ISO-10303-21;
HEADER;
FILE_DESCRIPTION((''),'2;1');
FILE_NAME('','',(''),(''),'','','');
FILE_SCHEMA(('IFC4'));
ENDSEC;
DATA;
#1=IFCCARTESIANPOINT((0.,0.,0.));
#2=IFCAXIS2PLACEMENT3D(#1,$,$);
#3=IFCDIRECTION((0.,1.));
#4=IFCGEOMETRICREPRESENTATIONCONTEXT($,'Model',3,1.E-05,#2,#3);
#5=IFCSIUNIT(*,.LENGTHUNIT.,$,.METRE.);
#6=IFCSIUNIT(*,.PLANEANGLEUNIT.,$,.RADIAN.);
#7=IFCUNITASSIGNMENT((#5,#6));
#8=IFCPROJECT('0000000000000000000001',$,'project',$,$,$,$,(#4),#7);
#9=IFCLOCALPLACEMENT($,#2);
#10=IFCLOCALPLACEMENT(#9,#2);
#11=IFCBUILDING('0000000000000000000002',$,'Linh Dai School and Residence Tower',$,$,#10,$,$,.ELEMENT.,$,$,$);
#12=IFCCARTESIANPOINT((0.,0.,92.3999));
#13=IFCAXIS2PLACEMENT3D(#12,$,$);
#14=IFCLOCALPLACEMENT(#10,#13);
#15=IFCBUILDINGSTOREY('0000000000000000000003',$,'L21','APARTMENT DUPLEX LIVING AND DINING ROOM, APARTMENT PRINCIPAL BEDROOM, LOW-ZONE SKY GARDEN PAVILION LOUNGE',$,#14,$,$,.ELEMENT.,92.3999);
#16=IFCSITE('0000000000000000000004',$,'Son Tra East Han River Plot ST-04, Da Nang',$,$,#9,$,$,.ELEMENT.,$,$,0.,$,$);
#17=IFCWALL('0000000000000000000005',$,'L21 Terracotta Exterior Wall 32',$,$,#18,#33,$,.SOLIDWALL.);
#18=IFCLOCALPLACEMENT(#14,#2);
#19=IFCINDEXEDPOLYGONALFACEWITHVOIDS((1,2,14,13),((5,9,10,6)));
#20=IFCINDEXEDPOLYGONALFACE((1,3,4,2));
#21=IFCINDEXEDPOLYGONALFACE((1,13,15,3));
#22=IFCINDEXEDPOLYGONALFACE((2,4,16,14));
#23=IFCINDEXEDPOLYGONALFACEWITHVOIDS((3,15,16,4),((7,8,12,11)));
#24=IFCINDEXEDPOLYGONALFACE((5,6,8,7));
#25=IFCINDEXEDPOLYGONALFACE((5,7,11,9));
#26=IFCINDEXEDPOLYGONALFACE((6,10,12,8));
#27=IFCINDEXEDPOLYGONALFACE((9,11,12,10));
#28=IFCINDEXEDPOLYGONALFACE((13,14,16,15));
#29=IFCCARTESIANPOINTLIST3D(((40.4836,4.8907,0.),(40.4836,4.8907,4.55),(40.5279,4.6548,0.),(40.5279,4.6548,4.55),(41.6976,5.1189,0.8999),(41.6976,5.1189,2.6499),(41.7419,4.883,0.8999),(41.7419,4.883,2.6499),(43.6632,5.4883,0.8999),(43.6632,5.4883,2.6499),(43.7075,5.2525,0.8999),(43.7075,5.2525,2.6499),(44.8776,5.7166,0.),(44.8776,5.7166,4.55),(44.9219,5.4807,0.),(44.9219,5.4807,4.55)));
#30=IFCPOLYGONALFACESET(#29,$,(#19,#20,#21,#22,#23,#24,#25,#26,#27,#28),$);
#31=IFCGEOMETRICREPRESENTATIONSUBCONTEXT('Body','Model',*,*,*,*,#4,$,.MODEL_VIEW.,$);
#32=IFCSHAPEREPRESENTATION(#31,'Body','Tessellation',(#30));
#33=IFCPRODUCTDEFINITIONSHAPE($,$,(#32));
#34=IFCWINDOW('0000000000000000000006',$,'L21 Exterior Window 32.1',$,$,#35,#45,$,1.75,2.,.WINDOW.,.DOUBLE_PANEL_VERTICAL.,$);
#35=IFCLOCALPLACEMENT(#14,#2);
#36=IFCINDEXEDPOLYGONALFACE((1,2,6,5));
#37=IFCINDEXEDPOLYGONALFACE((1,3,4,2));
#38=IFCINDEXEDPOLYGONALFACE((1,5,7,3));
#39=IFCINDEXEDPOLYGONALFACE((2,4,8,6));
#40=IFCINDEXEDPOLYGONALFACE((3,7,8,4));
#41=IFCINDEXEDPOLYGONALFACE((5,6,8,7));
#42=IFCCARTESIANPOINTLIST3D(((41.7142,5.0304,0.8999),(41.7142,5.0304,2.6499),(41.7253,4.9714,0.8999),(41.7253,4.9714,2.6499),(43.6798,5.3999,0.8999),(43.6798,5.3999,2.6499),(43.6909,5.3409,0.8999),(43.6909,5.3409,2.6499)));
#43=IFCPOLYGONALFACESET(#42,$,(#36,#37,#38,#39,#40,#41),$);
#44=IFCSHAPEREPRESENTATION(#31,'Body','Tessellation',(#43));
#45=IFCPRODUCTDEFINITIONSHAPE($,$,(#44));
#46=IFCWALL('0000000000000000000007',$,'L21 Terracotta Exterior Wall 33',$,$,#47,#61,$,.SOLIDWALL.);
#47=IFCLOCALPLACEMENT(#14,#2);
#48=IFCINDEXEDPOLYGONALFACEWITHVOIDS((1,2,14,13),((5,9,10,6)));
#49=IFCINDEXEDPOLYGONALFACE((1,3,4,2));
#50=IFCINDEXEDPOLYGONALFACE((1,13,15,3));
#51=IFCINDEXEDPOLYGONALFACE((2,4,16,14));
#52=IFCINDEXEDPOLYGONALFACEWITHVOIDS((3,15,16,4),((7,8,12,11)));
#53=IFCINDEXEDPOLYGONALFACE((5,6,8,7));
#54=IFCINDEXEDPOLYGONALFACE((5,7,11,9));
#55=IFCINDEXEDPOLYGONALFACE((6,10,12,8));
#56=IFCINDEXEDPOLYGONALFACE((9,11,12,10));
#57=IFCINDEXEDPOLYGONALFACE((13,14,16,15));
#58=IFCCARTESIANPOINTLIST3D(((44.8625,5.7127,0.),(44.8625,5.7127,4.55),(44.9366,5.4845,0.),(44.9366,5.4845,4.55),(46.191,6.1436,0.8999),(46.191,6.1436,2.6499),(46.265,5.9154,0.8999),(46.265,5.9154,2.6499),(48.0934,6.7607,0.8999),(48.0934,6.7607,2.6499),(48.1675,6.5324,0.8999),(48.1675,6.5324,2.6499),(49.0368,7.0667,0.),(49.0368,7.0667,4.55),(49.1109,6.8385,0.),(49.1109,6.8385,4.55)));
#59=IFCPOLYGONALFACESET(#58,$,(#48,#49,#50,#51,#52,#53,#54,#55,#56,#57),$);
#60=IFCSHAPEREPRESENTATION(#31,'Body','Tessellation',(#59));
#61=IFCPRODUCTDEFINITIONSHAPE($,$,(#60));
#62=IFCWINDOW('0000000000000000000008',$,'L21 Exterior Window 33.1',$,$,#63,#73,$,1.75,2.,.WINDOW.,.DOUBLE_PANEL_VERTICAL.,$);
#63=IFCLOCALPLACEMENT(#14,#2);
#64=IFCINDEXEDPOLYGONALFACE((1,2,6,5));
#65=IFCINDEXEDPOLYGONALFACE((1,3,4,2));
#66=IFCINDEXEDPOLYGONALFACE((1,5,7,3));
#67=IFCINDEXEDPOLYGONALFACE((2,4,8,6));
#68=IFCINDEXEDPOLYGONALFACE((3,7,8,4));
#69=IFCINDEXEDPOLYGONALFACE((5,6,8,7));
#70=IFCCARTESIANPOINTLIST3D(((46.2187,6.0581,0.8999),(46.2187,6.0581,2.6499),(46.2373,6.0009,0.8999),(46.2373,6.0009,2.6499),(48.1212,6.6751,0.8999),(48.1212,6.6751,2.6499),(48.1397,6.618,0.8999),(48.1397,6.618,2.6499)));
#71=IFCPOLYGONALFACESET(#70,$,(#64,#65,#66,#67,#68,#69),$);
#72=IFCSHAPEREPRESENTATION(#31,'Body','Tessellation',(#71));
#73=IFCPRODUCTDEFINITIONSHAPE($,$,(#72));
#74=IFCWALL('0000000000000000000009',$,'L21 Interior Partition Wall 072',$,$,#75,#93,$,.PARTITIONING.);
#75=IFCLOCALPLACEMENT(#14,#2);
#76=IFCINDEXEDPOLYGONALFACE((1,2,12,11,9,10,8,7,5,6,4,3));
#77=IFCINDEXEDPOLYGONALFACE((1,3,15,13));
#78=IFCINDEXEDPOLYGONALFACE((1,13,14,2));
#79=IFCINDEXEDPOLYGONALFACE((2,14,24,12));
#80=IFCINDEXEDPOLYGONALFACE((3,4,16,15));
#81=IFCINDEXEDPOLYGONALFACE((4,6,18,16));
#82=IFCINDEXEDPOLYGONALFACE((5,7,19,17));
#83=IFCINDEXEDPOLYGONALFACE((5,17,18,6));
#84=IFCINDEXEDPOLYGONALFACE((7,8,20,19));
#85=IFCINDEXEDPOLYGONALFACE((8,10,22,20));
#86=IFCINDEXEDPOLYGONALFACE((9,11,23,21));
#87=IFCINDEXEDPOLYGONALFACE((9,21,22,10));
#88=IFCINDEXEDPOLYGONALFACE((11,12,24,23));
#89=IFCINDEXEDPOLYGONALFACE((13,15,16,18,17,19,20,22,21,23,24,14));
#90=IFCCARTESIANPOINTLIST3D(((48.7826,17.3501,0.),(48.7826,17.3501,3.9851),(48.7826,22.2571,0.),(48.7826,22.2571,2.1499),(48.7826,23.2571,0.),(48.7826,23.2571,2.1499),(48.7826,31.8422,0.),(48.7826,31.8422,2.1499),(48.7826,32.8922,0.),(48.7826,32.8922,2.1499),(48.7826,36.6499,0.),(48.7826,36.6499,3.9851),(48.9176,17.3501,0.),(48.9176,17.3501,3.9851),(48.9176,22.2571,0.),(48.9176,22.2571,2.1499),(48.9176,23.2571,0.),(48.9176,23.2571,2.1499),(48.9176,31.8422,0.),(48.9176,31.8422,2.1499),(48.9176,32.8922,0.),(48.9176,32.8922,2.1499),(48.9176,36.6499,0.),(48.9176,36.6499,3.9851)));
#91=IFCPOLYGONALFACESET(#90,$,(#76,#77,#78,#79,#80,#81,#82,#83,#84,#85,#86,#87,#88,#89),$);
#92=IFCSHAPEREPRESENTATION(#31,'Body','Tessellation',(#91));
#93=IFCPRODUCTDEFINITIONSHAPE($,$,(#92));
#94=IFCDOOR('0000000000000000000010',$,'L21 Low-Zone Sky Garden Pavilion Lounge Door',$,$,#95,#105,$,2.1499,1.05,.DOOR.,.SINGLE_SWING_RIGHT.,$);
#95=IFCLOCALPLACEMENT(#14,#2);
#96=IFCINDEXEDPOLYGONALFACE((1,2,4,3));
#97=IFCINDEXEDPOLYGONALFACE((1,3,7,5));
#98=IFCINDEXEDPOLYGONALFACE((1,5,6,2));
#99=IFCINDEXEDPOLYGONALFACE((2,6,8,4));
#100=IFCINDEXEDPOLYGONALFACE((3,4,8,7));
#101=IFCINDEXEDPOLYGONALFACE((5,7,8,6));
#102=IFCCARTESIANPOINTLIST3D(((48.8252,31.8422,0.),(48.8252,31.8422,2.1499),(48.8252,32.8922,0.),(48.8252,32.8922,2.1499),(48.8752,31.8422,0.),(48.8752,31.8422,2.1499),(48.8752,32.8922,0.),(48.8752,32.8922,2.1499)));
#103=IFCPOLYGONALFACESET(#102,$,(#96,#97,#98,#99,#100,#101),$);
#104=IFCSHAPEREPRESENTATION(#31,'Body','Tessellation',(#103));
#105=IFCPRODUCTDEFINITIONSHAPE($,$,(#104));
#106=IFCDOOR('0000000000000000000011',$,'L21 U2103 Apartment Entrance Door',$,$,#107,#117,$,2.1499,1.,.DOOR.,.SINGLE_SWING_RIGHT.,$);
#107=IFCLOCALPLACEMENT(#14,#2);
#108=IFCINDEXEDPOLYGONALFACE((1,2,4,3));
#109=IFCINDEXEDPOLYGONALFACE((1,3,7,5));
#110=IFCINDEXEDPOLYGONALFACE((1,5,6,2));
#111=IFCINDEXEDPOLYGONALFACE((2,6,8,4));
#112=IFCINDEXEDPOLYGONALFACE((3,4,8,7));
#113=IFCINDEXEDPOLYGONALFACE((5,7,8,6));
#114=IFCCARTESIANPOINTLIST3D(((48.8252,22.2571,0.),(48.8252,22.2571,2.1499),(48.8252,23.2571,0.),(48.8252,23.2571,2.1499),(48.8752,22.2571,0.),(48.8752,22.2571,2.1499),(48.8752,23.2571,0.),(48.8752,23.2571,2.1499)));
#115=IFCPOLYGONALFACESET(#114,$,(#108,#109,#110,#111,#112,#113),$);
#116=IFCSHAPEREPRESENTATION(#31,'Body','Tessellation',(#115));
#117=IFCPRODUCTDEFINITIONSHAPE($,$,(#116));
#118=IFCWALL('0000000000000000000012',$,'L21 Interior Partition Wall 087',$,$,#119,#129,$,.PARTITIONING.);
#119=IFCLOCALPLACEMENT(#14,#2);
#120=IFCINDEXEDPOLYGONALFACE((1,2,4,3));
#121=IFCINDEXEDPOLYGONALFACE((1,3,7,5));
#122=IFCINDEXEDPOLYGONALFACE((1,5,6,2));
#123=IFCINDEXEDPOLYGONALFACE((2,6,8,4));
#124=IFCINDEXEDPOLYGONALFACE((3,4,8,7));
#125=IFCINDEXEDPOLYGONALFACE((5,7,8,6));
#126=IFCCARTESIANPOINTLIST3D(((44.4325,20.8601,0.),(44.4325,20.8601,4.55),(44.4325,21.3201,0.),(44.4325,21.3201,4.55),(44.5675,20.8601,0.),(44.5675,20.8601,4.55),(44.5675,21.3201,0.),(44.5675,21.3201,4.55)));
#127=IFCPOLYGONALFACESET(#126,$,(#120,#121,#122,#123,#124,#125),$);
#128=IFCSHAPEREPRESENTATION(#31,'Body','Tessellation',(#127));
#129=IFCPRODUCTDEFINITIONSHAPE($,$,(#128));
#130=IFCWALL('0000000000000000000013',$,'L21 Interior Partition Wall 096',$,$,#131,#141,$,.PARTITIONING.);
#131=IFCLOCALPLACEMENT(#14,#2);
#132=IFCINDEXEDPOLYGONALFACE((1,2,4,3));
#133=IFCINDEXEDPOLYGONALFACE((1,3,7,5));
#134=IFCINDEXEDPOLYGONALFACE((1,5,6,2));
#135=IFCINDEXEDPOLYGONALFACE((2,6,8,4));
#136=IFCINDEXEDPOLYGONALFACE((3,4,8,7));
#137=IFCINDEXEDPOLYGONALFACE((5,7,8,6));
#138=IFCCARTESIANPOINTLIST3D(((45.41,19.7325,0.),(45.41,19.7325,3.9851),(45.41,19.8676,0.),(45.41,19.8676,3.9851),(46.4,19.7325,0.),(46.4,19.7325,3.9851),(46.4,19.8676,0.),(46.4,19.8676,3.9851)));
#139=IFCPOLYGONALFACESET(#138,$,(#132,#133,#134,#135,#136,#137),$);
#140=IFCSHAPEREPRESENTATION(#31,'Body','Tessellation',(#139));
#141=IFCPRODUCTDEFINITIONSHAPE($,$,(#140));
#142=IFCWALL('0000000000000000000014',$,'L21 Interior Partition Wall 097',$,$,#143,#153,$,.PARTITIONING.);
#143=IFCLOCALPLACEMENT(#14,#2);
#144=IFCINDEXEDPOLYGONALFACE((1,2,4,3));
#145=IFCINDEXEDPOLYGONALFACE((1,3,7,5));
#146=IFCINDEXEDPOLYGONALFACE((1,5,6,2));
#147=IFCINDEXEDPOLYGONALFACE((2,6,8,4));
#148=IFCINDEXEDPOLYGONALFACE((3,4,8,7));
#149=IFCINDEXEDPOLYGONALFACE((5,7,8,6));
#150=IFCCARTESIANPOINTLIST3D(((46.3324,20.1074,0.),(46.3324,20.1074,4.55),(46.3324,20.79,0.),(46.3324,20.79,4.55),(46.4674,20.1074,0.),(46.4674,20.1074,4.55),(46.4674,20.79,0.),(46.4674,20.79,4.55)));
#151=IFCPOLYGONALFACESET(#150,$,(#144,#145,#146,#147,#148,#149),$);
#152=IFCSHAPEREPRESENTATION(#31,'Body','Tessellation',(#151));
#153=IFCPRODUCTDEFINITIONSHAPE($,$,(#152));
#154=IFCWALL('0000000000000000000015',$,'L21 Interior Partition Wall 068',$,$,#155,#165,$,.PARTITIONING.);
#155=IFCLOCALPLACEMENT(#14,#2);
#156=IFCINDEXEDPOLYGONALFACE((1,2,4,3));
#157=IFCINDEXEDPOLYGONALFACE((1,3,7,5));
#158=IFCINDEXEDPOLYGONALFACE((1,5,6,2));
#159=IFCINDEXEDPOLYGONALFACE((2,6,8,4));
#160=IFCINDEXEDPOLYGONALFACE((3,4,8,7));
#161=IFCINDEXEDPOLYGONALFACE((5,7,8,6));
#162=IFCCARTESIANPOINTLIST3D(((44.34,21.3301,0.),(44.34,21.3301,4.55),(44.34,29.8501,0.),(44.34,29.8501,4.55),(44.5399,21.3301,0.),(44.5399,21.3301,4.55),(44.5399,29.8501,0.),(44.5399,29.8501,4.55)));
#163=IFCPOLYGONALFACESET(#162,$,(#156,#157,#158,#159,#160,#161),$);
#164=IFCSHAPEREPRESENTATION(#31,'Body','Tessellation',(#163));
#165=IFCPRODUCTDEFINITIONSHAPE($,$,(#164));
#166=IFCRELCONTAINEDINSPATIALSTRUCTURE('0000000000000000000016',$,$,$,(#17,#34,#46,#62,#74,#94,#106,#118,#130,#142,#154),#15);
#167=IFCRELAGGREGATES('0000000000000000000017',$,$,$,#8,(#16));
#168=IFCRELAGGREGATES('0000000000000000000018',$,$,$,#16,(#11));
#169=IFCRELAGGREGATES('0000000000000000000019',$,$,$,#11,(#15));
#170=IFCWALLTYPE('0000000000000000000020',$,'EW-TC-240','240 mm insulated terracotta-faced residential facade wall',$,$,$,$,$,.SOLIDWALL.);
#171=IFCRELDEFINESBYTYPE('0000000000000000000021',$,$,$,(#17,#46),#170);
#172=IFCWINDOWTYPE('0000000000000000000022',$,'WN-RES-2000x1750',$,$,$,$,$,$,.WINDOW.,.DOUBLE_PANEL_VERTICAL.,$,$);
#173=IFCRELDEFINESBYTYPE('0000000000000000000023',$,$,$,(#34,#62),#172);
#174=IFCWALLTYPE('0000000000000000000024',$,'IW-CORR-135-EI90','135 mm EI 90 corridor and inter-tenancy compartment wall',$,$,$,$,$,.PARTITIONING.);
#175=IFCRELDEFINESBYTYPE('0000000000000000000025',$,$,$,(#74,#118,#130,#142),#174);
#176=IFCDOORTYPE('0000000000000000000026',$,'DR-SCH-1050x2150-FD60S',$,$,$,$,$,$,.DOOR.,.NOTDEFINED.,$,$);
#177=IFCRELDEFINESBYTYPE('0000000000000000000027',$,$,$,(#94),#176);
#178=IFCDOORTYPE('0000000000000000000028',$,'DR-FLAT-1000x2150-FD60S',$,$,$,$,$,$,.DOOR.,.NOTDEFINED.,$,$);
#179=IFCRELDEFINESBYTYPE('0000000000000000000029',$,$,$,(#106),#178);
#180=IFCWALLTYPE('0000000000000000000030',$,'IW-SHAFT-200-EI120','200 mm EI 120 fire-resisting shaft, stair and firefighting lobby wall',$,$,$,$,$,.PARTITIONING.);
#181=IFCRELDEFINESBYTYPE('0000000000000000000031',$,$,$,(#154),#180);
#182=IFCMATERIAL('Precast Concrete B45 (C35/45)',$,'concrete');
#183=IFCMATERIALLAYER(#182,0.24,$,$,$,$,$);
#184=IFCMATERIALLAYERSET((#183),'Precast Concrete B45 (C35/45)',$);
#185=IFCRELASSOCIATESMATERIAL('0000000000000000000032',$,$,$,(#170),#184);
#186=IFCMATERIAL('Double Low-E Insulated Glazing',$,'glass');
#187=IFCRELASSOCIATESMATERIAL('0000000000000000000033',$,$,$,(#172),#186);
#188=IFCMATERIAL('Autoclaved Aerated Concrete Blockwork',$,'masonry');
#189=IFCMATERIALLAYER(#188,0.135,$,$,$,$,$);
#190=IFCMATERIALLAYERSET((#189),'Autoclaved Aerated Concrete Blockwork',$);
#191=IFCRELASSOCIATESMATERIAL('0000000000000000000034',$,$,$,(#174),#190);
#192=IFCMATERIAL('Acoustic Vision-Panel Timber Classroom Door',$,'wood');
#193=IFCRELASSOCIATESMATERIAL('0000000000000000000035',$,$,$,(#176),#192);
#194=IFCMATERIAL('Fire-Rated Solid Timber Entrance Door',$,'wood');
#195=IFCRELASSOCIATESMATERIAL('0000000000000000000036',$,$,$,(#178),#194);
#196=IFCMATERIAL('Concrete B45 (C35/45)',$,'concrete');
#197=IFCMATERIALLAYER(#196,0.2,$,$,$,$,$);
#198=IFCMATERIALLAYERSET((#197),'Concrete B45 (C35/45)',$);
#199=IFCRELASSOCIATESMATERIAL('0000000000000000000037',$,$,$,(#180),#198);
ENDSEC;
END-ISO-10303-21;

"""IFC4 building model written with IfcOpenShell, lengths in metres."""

from ifc_helpers import new_model, si_unit, direction, frame, frame_2d, origin, origin_2d, place, context, subcontext, project, spatial, rectangle, extrude, source, transform, mapped, material, layer, layer_set, type_object, element, fill, save


model = new_model("IFC4")

# Units and contexts
model_context = context("Model", 3, precision=1e-05, world=origin(), true_north=direction((0.0, 1.0)))
body_context = subcontext(model_context, "Body", "Model", "MODEL_VIEW")
ifc_project = project(units=[si_unit("LENGTHUNIT", "METRE"), si_unit("PLANEANGLEUNIT", "RADIAN")], contexts=[model_context])

# Site, building, storey
site_placement = place(None, origin())
site = spatial("IfcSite", under=ifc_project, at=site_placement, Name="Son Tra East Han River Plot ST-04, Da Nang", CompositionType="ELEMENT", RefElevation=0.0)
building_placement = place(site_placement, origin())
building = spatial("IfcBuilding", under=site, at=building_placement, Name="Linh Dai School and Residence Tower", CompositionType="ELEMENT")
storey_placement = place(building_placement, frame((0.0, 0.0, 92.3999)))
storey = spatial("IfcBuildingStorey", under=building, at=storey_placement, Name="L21", Description="APARTMENT DUPLEX LIVING AND DINING ROOM, APARTMENT PRINCIPAL BEDROOM, LOW-ZONE SKY GARDEN PAVILION LOUNGE", CompositionType="ELEMENT", Elevation=92.3999)

# Walls, openings, windows
ifc_material_1 = material(Name="Precast Concrete B45 (C35/45)", Category="concrete")
ifc_layer_1 = layer(ifc_material_1, 0.24)
ifc_layer_set_1 = layer_set([ifc_layer_1], Name="Precast Concrete B45 (C35/45)")
wall_type_1 = type_object("IfcWallType", Name="EW-TC-240", Description="240 mm insulated terracotta-faced residential facade wall", PredefinedType="SOLIDWALL", material=ifc_layer_set_1)
wall_1_placement = place(storey_placement, frame((44.8997, 5.5986, 0.0), z_axis=(0.0, 0.0, 1.0), x_axis=(-0.982789, -0.18473, 0.0)))
wall_1 = element("IfcWall", 1, at=wall_1_placement, inside=storey, type_object=wall_type_1, Name="L21 Terracotta Exterior Wall 32", PredefinedType="SOLIDWALL", context=body_context, shape_type="SweptSolid", body=[
    extrude(rectangle(XDim=4.4709, YDim=0.24, at=frame_2d((2.2354, 0.0))), origin(), (0.0, 0.0, 1.0), 4.55),
])
opening_1_placement = place(wall_1_placement, frame((1.2356, 0.0, 0.8999)))
opening_1 = element("IfcOpeningElement", 2, at=opening_1_placement, cuts=wall_1, PredefinedType="OPENING", context=body_context, shape_type="SweptSolid", body=[
    extrude(rectangle(XDim=2.0, YDim=1.75, at=origin_2d()), frame((1.0, 0.1299, 0.875), z_axis=(0.0, -1.0, 0.0), x_axis=(1.0, 0.0, 0.0)), (0.0, 0.0, 1.0), 0.26),
])
ifc_material_2 = material(Name="Double Low-E Insulated Glazing", Category="glass")
window_type = type_object("IfcWindowType", Name="WN-RES-2000x1750", PartitioningType="DOUBLE_PANEL_VERTICAL", PredefinedType="WINDOW", material=ifc_material_2)
shared_shape_1 = source(origin(), body_context, "Body", "SweptSolid", [
    extrude(rectangle(XDim=2.0, YDim=1.75, at=origin_2d()), frame((1.0, 0.03, 0.875), z_axis=(0.0, -1.0, 0.0), x_axis=(1.0, 0.0, 0.0)), (0.0, 0.0, 1.0), 0.0601),
])
window_1_placement = place(opening_1_placement, origin())
window_1 = element("IfcWindow", 3, at=window_1_placement, inside=storey, type_object=window_type, Name="L21 Exterior Window 32.1", OverallHeight=1.75, OverallWidth=2.0, PartitioningType="DOUBLE_PANEL_VERTICAL", PredefinedType="WINDOW", context=body_context, shape_type="MappedRepresentation", body=[
    mapped(shared_shape_1, transform((0.0, 0.0, 0.0), x_axis=(1.0, 0.0, 0.0), y_axis=(0.0, 1.0, 0.0), z_axis=(0.0, 0.0, 1.0), scale=1.0)),
])
fill(opening_1, window_1)
wall_2_placement = place(storey_placement, frame((49.074, 6.9526, 0.0), z_axis=(0.0, 0.0, 1.0), x_axis=(-0.951211, -0.30854, 0.0)))
wall_2 = element("IfcWall", 4, at=wall_2_placement, inside=storey, type_object=wall_type_1, Name="L21 Terracotta Exterior Wall 33", PredefinedType="SOLIDWALL", context=body_context, shape_type="SweptSolid", body=[
    extrude(rectangle(XDim=4.3884, YDim=0.24, at=frame_2d((2.1943, 0.0))), origin(), (0.0, 0.0, 1.0), 4.55),
])
opening_2_placement = place(wall_2_placement, frame((0.9919, 0.0, 0.8999)))
opening_2 = element("IfcOpeningElement", 5, at=opening_2_placement, cuts=wall_2, PredefinedType="OPENING", context=body_context, shape_type="SweptSolid", body=[
    extrude(rectangle(XDim=2.0, YDim=1.75, at=origin_2d()), frame((1.0, 0.1299, 0.875), z_axis=(0.0, -1.0, 0.0), x_axis=(1.0, 0.0, 0.0)), (0.0, 0.0, 1.0), 0.26),
])
window_2_placement = place(opening_2_placement, origin())
window_2 = element("IfcWindow", 6, at=window_2_placement, inside=storey, type_object=window_type, Name="L21 Exterior Window 33.1", OverallHeight=1.75, OverallWidth=2.0, PartitioningType="DOUBLE_PANEL_VERTICAL", PredefinedType="WINDOW", context=body_context, shape_type="MappedRepresentation", body=[
    mapped(shared_shape_1, transform((0.0, 0.0, 0.0), x_axis=(1.0, 0.0, 0.0), y_axis=(0.0, 1.0, 0.0), z_axis=(0.0, 0.0, 1.0), scale=1.0)),
])
fill(opening_2, window_2)

# Wall, openings, doors
ifc_material_3 = material(Name="Autoclaved Aerated Concrete Blockwork", Category="masonry")
ifc_layer_2 = layer(ifc_material_3, 0.135)
ifc_layer_set_2 = layer_set([ifc_layer_2], Name="Autoclaved Aerated Concrete Blockwork")
wall_type_2 = type_object("IfcWallType", Name="IW-CORR-135-EI90", Description="135 mm EI 90 corridor and inter-tenancy compartment wall", PredefinedType="PARTITIONING", material=ifc_layer_set_2)
wall_3_placement = place(storey_placement, frame((48.8501, 17.3501, 0.0), z_axis=(0.0, 0.0, 1.0), x_axis=(0.0, 1.0, 0.0)))
wall_3 = element("IfcWall", 7, at=wall_3_placement, inside=storey, type_object=wall_type_2, Name="L21 Interior Partition Wall 072", PredefinedType="PARTITIONING", context=body_context, shape_type="SweptSolid", body=[
    extrude(rectangle(XDim=19.2998, YDim=0.135, at=frame_2d((9.6499, 0.0))), origin(), (0.0, 0.0, 1.0), 3.9851),
])
opening_3_placement = place(wall_3_placement, frame((4.907, 0.0, 0.0)))
opening_3 = element("IfcOpeningElement", 8, at=opening_3_placement, cuts=wall_3, PredefinedType="OPENING", context=body_context, shape_type="SweptSolid", body=[
    extrude(rectangle(XDim=1.0, YDim=2.1499, at=origin_2d()), frame((0.5, 0.0776, 1.075), z_axis=(0.0, -1.0, 0.0), x_axis=(1.0, 0.0, 0.0)), (0.0, 0.0, 1.0), 0.155),
])
opening_4_placement = place(wall_3_placement, frame((14.4922, 0.0, 0.0)))
opening_4 = element("IfcOpeningElement", 9, at=opening_4_placement, cuts=wall_3, PredefinedType="OPENING", context=body_context, shape_type="SweptSolid", body=[
    extrude(rectangle(XDim=1.05, YDim=2.1499, at=origin_2d()), frame((0.5249, 0.0776, 1.075), z_axis=(0.0, -1.0, 0.0), x_axis=(1.0, 0.0, 0.0)), (0.0, 0.0, 1.0), 0.155),
])
ifc_material_4 = material(Name="Acoustic Vision-Panel Timber Classroom Door", Category="wood")
door_type_1 = type_object("IfcDoorType", Name="DR-SCH-1050x2150-FD60S", OperationType="NOTDEFINED", PredefinedType="DOOR", material=ifc_material_4)
shared_shape_2 = source(origin(), body_context, "Body", "SweptSolid", [
    extrude(rectangle(XDim=1.05, YDim=2.1499, at=origin_2d()), frame((0.5249, 0.0249, 1.075), z_axis=(0.0, -1.0, 0.0), x_axis=(1.0, 0.0, 0.0)), (0.0, 0.0, 1.0), 0.05),
])
door_1_placement = place(opening_4_placement, origin())
door_1 = element("IfcDoor", 10, at=door_1_placement, inside=storey, type_object=door_type_1, Name="L21 Low-Zone Sky Garden Pavilion Lounge Door", OperationType="SINGLE_SWING_RIGHT", OverallHeight=2.1499, OverallWidth=1.05, PredefinedType="DOOR", context=body_context, shape_type="MappedRepresentation", body=[
    mapped(shared_shape_2, transform((0.0, 0.0, 0.0), x_axis=(1.0, 0.0, 0.0), y_axis=(0.0, 1.0, 0.0), z_axis=(0.0, 0.0, 1.0), scale=1.0)),
])
fill(opening_4, door_1)
ifc_material_5 = material(Name="Fire-Rated Solid Timber Entrance Door", Category="wood")
door_type_2 = type_object("IfcDoorType", Name="DR-FLAT-1000x2150-FD60S", OperationType="NOTDEFINED", PredefinedType="DOOR", material=ifc_material_5)
shared_shape_3 = source(origin(), body_context, "Body", "SweptSolid", [
    extrude(rectangle(XDim=1.0, YDim=2.1499, at=origin_2d()), frame((0.5, 0.0249, 1.075), z_axis=(0.0, -1.0, 0.0), x_axis=(1.0, 0.0, 0.0)), (0.0, 0.0, 1.0), 0.05),
])
door_2_placement = place(opening_3_placement, origin())
door_2 = element("IfcDoor", 11, at=door_2_placement, inside=storey, type_object=door_type_2, Name="L21 U2103 Apartment Entrance Door", OperationType="SINGLE_SWING_RIGHT", OverallHeight=2.1499, OverallWidth=1.0, PredefinedType="DOOR", context=body_context, shape_type="MappedRepresentation", body=[
    mapped(shared_shape_3, transform((0.0, 0.0, 0.0), x_axis=(1.0, 0.0, 0.0), y_axis=(0.0, 1.0, 0.0), z_axis=(0.0, 0.0, 1.0), scale=1.0)),
])
fill(opening_3, door_2)

# Walls
wall_4_placement = place(storey_placement, frame((44.5, 20.8601, 0.0), z_axis=(0.0, 0.0, 1.0), x_axis=(0.0, 1.0, 0.0)))
element("IfcWall", 12, at=wall_4_placement, inside=storey, type_object=wall_type_2, Name="L21 Interior Partition Wall 087", PredefinedType="PARTITIONING", context=body_context, shape_type="SweptSolid", body=[
    extrude(rectangle(XDim=0.46, YDim=0.135, at=frame_2d((0.23, 0.0))), origin(), (0.0, 0.0, 1.0), 4.55),
])
wall_5_placement = place(storey_placement, frame((45.4099, 19.8, 0.0), z_axis=(0.0, 0.0, 1.0), x_axis=(1.0, 0.0, 0.0)))
element("IfcWall", 13, at=wall_5_placement, inside=storey, type_object=wall_type_2, Name="L21 Interior Partition Wall 096", PredefinedType="PARTITIONING", context=body_context, shape_type="SweptSolid", body=[
    extrude(rectangle(XDim=0.99, YDim=0.135, at=frame_2d((0.4951, 0.0))), origin(), (0.0, 0.0, 1.0), 3.9851),
])
wall_6_placement = place(storey_placement, frame((46.3999, 20.1074, 0.0), z_axis=(0.0, 0.0, 1.0), x_axis=(0.0, 1.0, 0.0)))
element("IfcWall", 14, at=wall_6_placement, inside=storey, type_object=wall_type_2, Name="L21 Interior Partition Wall 097", PredefinedType="PARTITIONING", context=body_context, shape_type="SweptSolid", body=[
    extrude(rectangle(XDim=0.6826, YDim=0.135, at=frame_2d((0.3413, 0.0))), origin(), (0.0, 0.0, 1.0), 4.55),
])
ifc_material_6 = material(Name="Concrete B45 (C35/45)", Category="concrete")
ifc_layer_3 = layer(ifc_material_6, 0.2)
ifc_layer_set_3 = layer_set([ifc_layer_3], Name="Concrete B45 (C35/45)")
wall_type_3 = type_object("IfcWallType", Name="IW-SHAFT-200-EI120", Description="200 mm EI 120 fire-resisting shaft, stair and firefighting lobby wall", PredefinedType="PARTITIONING", material=ifc_layer_set_3)
wall_7_placement = place(storey_placement, frame((44.4399, 21.3301, 0.0), z_axis=(0.0, 0.0, 1.0), x_axis=(0.0, 1.0, 0.0)))
element("IfcWall", 15, at=wall_7_placement, inside=storey, type_object=wall_type_3, Name="L21 Interior Partition Wall 068", PredefinedType="PARTITIONING", context=body_context, shape_type="SweptSolid", body=[
    extrude(rectangle(XDim=8.52, YDim=0.2, at=frame_2d((4.26, 0.0))), origin(), (0.0, 0.0, 1.0), 4.55),
])

save(model, "model.ifc")
